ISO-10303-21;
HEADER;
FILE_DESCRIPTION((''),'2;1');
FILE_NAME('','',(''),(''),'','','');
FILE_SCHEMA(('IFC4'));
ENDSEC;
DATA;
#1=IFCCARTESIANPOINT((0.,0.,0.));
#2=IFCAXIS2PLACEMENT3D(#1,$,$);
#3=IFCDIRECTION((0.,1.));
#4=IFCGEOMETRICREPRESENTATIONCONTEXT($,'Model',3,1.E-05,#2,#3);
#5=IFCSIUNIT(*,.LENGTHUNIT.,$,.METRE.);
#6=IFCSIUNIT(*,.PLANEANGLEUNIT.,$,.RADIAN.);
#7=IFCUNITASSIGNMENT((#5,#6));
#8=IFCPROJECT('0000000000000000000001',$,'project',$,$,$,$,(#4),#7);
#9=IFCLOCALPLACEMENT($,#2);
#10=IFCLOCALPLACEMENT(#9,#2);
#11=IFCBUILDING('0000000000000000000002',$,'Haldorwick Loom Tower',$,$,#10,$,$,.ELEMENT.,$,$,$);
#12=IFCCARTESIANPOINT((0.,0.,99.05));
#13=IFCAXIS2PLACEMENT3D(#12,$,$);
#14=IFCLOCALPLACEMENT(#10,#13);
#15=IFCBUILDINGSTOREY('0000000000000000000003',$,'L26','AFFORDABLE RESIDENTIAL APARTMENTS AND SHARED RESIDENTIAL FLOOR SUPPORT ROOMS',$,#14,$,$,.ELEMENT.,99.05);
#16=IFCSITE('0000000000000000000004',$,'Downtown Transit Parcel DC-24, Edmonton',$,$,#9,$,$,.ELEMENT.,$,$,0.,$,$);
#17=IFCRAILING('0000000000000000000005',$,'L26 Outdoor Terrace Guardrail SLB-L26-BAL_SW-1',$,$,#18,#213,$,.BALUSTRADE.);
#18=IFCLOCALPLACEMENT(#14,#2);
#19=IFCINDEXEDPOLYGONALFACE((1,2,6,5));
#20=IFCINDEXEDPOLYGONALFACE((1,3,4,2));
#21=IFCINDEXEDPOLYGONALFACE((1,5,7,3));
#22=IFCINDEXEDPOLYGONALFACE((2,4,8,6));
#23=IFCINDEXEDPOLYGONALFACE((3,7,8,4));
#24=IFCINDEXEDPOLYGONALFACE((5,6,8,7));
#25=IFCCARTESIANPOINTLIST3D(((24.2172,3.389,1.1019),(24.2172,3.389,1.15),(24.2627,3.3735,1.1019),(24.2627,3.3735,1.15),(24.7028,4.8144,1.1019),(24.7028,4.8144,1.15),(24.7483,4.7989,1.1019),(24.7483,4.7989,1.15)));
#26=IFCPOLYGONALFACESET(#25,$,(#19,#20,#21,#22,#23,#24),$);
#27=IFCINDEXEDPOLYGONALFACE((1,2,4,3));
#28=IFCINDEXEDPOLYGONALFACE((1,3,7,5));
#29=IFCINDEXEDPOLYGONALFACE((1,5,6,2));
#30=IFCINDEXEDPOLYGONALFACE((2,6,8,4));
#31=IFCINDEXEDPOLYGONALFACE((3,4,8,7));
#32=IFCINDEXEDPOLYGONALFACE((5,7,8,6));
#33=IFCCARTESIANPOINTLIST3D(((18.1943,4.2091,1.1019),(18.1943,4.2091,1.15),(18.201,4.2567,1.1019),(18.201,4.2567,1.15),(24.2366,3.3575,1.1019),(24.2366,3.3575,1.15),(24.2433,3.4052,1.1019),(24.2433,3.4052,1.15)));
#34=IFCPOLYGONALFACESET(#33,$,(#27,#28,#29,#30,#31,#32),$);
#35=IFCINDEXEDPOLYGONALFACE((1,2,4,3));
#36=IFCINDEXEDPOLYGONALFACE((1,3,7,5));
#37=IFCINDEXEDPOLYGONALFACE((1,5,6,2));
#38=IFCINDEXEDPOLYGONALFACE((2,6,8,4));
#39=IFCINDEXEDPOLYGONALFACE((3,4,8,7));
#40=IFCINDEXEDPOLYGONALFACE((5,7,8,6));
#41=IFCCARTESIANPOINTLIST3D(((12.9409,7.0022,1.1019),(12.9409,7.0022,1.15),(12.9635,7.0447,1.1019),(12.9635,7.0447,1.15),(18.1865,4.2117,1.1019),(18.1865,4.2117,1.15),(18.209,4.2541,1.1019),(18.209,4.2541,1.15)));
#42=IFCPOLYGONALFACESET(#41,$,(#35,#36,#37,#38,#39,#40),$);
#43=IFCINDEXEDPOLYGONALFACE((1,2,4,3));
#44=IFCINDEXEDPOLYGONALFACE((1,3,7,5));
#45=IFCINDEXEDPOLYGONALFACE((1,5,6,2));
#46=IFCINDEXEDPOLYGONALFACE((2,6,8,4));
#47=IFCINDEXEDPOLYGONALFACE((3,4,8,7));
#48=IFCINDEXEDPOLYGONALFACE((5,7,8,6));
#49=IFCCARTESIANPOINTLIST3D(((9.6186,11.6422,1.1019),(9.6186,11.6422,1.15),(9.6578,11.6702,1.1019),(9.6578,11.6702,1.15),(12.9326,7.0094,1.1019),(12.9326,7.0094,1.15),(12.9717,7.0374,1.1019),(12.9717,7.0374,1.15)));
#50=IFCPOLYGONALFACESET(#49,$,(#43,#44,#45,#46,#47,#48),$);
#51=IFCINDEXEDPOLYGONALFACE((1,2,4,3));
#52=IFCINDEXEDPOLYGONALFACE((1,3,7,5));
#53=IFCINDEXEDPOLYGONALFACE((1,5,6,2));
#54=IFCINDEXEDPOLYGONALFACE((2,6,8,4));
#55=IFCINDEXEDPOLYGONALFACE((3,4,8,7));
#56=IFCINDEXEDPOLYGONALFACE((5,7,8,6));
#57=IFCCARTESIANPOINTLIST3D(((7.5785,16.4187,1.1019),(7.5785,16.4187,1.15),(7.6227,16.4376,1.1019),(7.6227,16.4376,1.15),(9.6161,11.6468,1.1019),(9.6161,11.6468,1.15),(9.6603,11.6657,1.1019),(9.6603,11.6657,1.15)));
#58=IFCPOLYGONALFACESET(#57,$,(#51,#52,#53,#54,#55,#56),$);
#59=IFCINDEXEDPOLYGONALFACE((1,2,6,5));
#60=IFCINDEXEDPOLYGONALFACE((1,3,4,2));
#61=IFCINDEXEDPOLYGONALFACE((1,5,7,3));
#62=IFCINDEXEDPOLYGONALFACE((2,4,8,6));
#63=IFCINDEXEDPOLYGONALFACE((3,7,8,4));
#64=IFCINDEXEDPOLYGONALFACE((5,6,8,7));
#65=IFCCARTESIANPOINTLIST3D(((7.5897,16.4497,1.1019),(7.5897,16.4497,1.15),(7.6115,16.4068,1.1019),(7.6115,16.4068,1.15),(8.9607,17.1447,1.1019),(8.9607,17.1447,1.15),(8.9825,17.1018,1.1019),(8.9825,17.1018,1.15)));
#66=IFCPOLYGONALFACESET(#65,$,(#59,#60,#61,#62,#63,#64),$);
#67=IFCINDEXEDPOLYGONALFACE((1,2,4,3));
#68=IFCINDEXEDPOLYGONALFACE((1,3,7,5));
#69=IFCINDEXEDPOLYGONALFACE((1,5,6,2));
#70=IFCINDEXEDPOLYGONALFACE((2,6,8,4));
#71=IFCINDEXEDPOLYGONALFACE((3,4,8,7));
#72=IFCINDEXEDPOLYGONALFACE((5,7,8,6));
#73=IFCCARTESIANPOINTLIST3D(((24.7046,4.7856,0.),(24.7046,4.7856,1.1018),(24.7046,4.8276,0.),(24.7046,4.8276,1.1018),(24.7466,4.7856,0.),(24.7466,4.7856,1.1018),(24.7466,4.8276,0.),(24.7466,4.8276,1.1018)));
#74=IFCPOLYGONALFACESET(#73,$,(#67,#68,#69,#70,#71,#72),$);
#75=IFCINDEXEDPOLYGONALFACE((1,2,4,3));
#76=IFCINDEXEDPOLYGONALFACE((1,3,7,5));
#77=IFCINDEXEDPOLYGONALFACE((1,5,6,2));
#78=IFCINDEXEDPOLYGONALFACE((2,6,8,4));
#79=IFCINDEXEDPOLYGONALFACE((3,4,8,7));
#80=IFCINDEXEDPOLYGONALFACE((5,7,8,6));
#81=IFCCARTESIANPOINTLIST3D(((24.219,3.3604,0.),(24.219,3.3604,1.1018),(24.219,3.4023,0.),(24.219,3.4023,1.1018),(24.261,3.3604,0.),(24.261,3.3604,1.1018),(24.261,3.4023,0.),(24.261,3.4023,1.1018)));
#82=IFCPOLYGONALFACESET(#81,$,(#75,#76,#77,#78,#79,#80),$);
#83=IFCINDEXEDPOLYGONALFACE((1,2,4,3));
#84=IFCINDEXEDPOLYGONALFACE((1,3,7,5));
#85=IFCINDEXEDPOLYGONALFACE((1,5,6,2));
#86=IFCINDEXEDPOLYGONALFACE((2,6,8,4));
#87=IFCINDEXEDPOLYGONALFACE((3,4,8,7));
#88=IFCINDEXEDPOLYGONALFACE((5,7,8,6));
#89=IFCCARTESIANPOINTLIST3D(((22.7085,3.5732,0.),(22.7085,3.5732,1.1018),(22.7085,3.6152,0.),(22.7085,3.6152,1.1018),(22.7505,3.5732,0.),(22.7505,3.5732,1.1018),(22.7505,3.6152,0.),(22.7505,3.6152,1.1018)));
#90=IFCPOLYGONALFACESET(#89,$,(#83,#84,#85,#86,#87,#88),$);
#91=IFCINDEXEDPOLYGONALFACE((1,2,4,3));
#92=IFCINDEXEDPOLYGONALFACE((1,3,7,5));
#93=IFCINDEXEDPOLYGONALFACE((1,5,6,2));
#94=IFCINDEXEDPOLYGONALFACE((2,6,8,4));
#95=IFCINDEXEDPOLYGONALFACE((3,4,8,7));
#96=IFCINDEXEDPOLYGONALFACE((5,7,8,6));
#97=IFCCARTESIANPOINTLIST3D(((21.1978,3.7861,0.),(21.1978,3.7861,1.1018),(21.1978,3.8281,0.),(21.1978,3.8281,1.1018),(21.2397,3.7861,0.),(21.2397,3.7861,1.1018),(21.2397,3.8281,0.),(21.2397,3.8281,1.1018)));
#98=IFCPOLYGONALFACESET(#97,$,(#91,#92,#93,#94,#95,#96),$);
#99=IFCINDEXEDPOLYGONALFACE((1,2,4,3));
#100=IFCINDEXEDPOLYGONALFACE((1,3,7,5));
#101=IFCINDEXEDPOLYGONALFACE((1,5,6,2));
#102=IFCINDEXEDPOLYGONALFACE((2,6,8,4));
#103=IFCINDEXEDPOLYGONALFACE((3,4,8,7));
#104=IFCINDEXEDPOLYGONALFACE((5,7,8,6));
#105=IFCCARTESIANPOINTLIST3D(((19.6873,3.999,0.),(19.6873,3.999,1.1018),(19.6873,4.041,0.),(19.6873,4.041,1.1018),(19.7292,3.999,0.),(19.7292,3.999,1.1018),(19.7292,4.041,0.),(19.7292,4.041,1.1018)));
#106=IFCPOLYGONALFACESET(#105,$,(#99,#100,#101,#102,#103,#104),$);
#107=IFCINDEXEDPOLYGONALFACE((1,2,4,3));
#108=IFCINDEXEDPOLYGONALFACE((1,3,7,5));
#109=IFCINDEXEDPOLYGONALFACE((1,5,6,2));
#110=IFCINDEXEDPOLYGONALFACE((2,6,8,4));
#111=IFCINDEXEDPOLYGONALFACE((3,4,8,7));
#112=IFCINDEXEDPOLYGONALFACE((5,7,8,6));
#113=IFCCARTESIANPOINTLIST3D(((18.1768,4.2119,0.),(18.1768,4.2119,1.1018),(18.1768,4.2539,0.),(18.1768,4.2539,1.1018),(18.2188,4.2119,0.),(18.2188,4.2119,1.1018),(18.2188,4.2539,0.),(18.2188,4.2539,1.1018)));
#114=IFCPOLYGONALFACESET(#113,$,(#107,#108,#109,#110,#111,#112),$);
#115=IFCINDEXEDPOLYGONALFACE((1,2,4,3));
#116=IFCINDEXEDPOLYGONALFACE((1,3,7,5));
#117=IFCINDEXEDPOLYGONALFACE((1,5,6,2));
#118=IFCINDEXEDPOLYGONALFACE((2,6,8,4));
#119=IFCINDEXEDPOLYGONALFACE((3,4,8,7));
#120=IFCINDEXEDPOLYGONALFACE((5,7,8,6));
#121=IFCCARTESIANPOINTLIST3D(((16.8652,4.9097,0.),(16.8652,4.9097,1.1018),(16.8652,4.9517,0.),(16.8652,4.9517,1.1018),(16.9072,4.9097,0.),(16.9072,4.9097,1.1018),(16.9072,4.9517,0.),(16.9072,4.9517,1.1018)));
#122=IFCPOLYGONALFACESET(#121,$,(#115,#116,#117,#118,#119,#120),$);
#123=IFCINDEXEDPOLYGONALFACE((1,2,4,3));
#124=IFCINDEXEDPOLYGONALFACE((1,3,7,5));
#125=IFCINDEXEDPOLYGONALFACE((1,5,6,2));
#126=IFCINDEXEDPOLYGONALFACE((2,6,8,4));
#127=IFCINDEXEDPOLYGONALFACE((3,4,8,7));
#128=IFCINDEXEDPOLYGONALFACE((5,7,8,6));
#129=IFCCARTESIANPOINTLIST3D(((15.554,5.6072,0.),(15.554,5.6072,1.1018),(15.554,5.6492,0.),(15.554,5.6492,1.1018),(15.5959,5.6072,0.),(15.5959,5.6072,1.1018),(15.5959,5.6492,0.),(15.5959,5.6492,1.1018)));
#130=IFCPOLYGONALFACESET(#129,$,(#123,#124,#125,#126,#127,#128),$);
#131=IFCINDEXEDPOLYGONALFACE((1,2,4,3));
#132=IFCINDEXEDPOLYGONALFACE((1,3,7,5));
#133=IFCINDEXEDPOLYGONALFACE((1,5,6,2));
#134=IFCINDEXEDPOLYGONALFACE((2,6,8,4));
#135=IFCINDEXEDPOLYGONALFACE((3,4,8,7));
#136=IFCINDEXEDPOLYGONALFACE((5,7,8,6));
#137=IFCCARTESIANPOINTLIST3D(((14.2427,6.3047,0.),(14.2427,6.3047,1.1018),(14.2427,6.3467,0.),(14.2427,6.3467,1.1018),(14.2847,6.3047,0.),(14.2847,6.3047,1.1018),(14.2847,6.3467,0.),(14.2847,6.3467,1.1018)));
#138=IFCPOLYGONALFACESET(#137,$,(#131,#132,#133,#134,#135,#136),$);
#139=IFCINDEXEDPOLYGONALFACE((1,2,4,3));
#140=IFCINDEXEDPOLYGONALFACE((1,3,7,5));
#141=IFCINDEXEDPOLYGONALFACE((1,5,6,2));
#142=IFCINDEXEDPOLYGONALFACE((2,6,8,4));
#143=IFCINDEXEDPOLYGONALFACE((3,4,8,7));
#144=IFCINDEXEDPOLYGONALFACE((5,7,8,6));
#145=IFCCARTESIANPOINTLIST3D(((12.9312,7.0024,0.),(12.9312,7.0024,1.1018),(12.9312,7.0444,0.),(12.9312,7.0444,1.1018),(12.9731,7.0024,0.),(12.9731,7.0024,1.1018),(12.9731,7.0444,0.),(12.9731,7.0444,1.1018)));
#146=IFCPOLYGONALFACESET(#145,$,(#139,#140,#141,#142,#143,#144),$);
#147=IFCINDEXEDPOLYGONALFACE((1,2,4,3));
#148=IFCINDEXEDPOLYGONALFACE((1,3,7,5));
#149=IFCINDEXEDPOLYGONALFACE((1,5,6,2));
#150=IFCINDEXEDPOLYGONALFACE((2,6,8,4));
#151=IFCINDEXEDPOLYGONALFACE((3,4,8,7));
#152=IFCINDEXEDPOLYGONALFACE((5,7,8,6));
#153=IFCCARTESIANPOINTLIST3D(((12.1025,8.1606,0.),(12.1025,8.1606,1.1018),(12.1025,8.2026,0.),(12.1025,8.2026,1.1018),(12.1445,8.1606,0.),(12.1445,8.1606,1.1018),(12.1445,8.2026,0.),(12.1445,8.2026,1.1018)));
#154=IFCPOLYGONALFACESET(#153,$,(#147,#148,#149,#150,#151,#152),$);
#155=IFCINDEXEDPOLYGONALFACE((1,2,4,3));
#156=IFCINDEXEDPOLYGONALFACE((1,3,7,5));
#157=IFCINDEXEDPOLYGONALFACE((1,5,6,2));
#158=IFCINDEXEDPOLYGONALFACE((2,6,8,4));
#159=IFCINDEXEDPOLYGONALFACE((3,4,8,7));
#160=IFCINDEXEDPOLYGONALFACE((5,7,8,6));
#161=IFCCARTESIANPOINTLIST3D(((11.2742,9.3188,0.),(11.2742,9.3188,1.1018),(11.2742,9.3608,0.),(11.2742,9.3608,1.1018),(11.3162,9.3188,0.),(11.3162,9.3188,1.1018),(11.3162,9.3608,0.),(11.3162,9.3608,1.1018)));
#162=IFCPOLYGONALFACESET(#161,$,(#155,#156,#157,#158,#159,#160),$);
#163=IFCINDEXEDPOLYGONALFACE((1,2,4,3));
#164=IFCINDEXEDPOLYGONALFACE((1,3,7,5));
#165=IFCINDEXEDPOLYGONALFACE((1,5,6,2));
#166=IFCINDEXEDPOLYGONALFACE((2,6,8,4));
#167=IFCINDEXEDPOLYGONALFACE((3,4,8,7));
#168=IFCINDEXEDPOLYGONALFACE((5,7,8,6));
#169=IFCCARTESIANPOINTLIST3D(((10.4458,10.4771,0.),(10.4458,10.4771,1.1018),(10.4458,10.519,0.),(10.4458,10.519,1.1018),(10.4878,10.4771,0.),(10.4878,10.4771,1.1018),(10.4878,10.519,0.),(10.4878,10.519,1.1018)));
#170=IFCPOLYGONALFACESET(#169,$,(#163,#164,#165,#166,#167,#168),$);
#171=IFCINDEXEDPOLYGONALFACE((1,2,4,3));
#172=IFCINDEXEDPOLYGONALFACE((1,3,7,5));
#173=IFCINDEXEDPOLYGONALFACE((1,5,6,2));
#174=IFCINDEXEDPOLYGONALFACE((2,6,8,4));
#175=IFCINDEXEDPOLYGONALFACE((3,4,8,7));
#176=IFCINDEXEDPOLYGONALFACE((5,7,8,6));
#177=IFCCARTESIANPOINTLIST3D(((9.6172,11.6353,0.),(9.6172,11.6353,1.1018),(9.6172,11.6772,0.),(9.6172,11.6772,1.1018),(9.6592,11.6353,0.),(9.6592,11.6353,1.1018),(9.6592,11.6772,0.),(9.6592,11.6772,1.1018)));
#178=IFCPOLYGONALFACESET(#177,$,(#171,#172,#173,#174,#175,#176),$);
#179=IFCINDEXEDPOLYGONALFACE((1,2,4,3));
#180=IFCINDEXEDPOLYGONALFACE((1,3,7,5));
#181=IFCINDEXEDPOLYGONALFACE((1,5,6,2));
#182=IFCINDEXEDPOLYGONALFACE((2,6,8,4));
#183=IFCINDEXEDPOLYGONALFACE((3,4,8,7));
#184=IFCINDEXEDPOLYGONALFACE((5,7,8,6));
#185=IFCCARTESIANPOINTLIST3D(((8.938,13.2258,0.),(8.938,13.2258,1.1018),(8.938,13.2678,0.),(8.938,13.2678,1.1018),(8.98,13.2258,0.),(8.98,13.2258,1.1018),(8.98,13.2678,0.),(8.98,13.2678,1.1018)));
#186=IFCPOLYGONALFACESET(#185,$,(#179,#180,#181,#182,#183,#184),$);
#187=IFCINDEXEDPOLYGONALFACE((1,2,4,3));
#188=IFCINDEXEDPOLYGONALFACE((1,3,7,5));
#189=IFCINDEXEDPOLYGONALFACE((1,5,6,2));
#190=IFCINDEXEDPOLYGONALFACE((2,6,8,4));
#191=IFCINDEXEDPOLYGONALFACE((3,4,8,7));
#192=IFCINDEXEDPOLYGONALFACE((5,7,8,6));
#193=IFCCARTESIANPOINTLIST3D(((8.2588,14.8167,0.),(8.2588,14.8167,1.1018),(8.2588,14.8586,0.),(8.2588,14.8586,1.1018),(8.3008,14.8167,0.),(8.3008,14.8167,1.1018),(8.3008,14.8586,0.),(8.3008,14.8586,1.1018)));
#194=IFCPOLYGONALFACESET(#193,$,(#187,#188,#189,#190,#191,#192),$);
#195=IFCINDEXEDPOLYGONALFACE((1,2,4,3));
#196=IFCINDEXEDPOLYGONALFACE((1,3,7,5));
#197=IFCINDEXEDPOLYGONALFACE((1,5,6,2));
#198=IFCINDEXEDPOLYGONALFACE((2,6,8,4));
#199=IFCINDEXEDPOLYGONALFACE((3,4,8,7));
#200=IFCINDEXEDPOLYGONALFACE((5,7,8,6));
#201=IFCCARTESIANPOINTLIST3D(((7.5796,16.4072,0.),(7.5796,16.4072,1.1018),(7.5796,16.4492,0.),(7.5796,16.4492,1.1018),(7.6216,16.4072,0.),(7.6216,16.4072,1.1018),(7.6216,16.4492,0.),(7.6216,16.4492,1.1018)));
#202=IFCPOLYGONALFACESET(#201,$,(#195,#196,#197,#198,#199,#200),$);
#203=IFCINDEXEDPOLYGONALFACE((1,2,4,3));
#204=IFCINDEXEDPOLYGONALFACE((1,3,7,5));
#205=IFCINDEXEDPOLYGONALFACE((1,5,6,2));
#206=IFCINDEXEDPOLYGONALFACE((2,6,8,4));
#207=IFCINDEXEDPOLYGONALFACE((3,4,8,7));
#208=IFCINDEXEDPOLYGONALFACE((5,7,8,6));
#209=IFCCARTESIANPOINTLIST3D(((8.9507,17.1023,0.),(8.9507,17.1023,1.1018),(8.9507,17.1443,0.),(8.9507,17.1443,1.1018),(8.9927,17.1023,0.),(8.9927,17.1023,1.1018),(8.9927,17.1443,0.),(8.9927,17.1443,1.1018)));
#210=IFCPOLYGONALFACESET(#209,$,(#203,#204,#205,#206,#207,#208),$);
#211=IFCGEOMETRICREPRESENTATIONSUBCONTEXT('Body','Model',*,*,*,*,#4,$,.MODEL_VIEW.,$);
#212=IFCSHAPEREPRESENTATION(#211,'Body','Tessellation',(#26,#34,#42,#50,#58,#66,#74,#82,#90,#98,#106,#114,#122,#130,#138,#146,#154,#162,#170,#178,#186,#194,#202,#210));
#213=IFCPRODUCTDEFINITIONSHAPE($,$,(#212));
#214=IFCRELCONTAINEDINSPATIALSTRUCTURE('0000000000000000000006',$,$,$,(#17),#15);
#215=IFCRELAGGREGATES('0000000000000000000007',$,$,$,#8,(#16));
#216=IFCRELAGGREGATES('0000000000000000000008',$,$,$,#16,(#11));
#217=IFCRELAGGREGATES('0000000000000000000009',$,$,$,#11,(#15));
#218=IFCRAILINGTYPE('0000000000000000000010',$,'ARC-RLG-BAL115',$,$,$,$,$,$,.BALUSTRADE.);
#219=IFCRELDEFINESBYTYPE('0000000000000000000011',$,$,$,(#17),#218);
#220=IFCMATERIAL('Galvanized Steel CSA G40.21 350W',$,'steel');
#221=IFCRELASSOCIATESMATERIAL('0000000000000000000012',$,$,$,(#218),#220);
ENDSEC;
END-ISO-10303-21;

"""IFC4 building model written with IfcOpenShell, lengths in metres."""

from ifc_helpers import new_model, si_unit, direction, frame, origin, origin_2d, place, context, subcontext, project, spatial, rectangle, extrude, material, type_object, element, save


model = new_model("IFC4")

# Units and contexts
model_context = context("Model", 3, precision=1e-05, world=origin(), true_north=direction((0.0, 1.0)))
body_context = subcontext(model_context, "Body", "Model", "MODEL_VIEW")
ifc_project = project(units=[si_unit("LENGTHUNIT", "METRE"), si_unit("PLANEANGLEUNIT", "RADIAN")], contexts=[model_context])

# Site, building, storey
site_placement = place(None, origin())
site = spatial("IfcSite", under=ifc_project, at=site_placement, Name="Downtown Transit Parcel DC-24, Edmonton", CompositionType="ELEMENT", RefElevation=0.0)
building_placement = place(site_placement, origin())
building = spatial("IfcBuilding", under=site, at=building_placement, Name="Haldorwick Loom Tower", CompositionType="ELEMENT")
storey_placement = place(building_placement, frame((0.0, 0.0, 99.05)))
storey = spatial("IfcBuildingStorey", under=building, at=storey_placement, Name="L26", Description="AFFORDABLE RESIDENTIAL APARTMENTS AND SHARED RESIDENTIAL FLOOR SUPPORT ROOMS", CompositionType="ELEMENT", Elevation=99.05)

# Railing
ifc_material_1 = material(Name="Galvanized Steel CSA G40.21 350W", Category="steel")
railing_type = type_object("IfcRailingType", Name="ARC-RLG-BAL115", PredefinedType="BALUSTRADE", material=ifc_material_1)
railing_placement = place(storey_placement, frame((24.7256, 4.8066, 0.0)))
element("IfcRailing", 1, at=railing_placement, inside=storey, type_object=railing_type, Name="L26 Outdoor Terrace Guardrail SLB-L26-BAL_SW-1", PredefinedType="BALUSTRADE", context=body_context, shape_type="SweptSolid", body=[
    extrude(rectangle(XDim=0.0481, YDim=0.0481, at=origin_2d()), frame((0.0, 0.0, 1.126), z_axis=(-0.322496, -0.946571, 0.0), x_axis=(0.946571, -0.322496, 0.0)), (0.0, 0.0, 1.0), 1.5059),
    extrude(rectangle(XDim=0.0481, YDim=0.0481, at=origin_2d()), frame((-0.4856, -1.4253, 1.126), z_axis=(-0.990214, 0.139556, 0.0), x_axis=(-0.139556, -0.990214, 0.0)), (0.0, 0.0, 1.0), 6.1021),
    extrude(rectangle(XDim=0.0481, YDim=0.0481, at=origin_2d()), frame((-6.5278, -0.5737, 1.126), z_axis=(-0.882851, 0.469654, 0.0), x_axis=(-0.469654, -0.882851, 0.0)), (0.0, 0.0, 1.0), 5.9417),
    extrude(rectangle(XDim=0.0481, YDim=0.0481, at=origin_2d()), frame((-11.7734, 2.2168, 1.126), z_axis=(-0.581798, 0.813334, 0.0), x_axis=(-0.813334, -0.581798, 0.0)), (0.0, 0.0, 1.0), 5.696),
    extrude(rectangle(XDim=0.0481, YDim=0.0481, at=origin_2d()), frame((-15.0874, 6.8496, 1.126), z_axis=(-0.392692, 0.91967, 0.0), x_axis=(-0.91967, -0.392692, 0.0)), (0.0, 0.0, 1.0), 5.1887),
    extrude(rectangle(XDim=0.0481, YDim=0.0481, at=origin_2d()), frame((-17.125, 11.6216, 1.126), z_axis=(0.891936, 0.452162, 0.0), x_axis=(-0.452162, 0.891936, 0.0)), (0.0, 0.0, 1.0), 1.5371),
    extrude(rectangle(XDim=0.042, YDim=0.042, at=origin_2d()), origin(), (0.0, 0.0, 1.0), 1.1018),
    extrude(rectangle(XDim=0.042, YDim=0.042, at=origin_2d()), frame((-0.4856, -1.4253, 0.0)), (0.0, 0.0, 1.0), 1.1018),
    extrude(rectangle(XDim=0.042, YDim=0.042, at=origin_2d()), frame((-1.9961, -1.2124, 0.0)), (0.0, 0.0, 1.0), 1.1018),
    extrude(rectangle(XDim=0.042, YDim=0.042, at=origin_2d()), frame((-3.5068, -0.9995, 0.0)), (0.0, 0.0, 1.0), 1.1018),
    extrude(rectangle(XDim=0.042, YDim=0.042, at=origin_2d()), frame((-5.0173, -0.7866, 0.0)), (0.0, 0.0, 1.0), 1.1018),
    extrude(rectangle(XDim=0.042, YDim=0.042, at=origin_2d()), frame((-6.5278, -0.5737, 0.0)), (0.0, 0.0, 1.0), 1.1018),
    extrude(rectangle(XDim=0.042, YDim=0.042, at=origin_2d()), frame((-7.8394, 0.124, 0.0)), (0.0, 0.0, 1.0), 1.1018),
    extrude(rectangle(XDim=0.042, YDim=0.042, at=origin_2d()), frame((-9.1506, 0.8215, 0.0)), (0.0, 0.0, 1.0), 1.1018),
    extrude(rectangle(XDim=0.042, YDim=0.042, at=origin_2d()), frame((-10.4619, 1.519, 0.0)), (0.0, 0.0, 1.0), 1.1018),
    extrude(rectangle(XDim=0.042, YDim=0.042, at=origin_2d()), frame((-11.7734, 2.2168, 0.0)), (0.0, 0.0, 1.0), 1.1018),
    extrude(rectangle(XDim=0.042, YDim=0.042, at=origin_2d()), frame((-12.6021, 3.375, 0.0)), (0.0, 0.0, 1.0), 1.1018),
    extrude(rectangle(XDim=0.042, YDim=0.042, at=origin_2d()), frame((-13.4304, 4.5332, 0.0)), (0.0, 0.0, 1.0), 1.1018),
    extrude(rectangle(XDim=0.042, YDim=0.042, at=origin_2d()), frame((-14.2588, 5.6914, 0.0)), (0.0, 0.0, 1.0), 1.1018),
    extrude(rectangle(XDim=0.042, YDim=0.042, at=origin_2d()), frame((-15.0874, 6.8496, 0.0)), (0.0, 0.0, 1.0), 1.1018),
    extrude(rectangle(XDim=0.042, YDim=0.042, at=origin_2d()), frame((-15.7666, 8.4402, 0.0)), (0.0, 0.0, 1.0), 1.1018),
    extrude(rectangle(XDim=0.042, YDim=0.042, at=origin_2d()), frame((-16.4458, 10.031, 0.0)), (0.0, 0.0, 1.0), 1.1018),
    extrude(rectangle(XDim=0.042, YDim=0.042, at=origin_2d()), frame((-17.125, 11.6216, 0.0)), (0.0, 0.0, 1.0), 1.1018),
    extrude(rectangle(XDim=0.042, YDim=0.042, at=origin_2d()), frame((-15.7539, 12.3167, 0.0)), (0.0, 0.0, 1.0), 1.1018),
])

save(model, "model.ifc")
